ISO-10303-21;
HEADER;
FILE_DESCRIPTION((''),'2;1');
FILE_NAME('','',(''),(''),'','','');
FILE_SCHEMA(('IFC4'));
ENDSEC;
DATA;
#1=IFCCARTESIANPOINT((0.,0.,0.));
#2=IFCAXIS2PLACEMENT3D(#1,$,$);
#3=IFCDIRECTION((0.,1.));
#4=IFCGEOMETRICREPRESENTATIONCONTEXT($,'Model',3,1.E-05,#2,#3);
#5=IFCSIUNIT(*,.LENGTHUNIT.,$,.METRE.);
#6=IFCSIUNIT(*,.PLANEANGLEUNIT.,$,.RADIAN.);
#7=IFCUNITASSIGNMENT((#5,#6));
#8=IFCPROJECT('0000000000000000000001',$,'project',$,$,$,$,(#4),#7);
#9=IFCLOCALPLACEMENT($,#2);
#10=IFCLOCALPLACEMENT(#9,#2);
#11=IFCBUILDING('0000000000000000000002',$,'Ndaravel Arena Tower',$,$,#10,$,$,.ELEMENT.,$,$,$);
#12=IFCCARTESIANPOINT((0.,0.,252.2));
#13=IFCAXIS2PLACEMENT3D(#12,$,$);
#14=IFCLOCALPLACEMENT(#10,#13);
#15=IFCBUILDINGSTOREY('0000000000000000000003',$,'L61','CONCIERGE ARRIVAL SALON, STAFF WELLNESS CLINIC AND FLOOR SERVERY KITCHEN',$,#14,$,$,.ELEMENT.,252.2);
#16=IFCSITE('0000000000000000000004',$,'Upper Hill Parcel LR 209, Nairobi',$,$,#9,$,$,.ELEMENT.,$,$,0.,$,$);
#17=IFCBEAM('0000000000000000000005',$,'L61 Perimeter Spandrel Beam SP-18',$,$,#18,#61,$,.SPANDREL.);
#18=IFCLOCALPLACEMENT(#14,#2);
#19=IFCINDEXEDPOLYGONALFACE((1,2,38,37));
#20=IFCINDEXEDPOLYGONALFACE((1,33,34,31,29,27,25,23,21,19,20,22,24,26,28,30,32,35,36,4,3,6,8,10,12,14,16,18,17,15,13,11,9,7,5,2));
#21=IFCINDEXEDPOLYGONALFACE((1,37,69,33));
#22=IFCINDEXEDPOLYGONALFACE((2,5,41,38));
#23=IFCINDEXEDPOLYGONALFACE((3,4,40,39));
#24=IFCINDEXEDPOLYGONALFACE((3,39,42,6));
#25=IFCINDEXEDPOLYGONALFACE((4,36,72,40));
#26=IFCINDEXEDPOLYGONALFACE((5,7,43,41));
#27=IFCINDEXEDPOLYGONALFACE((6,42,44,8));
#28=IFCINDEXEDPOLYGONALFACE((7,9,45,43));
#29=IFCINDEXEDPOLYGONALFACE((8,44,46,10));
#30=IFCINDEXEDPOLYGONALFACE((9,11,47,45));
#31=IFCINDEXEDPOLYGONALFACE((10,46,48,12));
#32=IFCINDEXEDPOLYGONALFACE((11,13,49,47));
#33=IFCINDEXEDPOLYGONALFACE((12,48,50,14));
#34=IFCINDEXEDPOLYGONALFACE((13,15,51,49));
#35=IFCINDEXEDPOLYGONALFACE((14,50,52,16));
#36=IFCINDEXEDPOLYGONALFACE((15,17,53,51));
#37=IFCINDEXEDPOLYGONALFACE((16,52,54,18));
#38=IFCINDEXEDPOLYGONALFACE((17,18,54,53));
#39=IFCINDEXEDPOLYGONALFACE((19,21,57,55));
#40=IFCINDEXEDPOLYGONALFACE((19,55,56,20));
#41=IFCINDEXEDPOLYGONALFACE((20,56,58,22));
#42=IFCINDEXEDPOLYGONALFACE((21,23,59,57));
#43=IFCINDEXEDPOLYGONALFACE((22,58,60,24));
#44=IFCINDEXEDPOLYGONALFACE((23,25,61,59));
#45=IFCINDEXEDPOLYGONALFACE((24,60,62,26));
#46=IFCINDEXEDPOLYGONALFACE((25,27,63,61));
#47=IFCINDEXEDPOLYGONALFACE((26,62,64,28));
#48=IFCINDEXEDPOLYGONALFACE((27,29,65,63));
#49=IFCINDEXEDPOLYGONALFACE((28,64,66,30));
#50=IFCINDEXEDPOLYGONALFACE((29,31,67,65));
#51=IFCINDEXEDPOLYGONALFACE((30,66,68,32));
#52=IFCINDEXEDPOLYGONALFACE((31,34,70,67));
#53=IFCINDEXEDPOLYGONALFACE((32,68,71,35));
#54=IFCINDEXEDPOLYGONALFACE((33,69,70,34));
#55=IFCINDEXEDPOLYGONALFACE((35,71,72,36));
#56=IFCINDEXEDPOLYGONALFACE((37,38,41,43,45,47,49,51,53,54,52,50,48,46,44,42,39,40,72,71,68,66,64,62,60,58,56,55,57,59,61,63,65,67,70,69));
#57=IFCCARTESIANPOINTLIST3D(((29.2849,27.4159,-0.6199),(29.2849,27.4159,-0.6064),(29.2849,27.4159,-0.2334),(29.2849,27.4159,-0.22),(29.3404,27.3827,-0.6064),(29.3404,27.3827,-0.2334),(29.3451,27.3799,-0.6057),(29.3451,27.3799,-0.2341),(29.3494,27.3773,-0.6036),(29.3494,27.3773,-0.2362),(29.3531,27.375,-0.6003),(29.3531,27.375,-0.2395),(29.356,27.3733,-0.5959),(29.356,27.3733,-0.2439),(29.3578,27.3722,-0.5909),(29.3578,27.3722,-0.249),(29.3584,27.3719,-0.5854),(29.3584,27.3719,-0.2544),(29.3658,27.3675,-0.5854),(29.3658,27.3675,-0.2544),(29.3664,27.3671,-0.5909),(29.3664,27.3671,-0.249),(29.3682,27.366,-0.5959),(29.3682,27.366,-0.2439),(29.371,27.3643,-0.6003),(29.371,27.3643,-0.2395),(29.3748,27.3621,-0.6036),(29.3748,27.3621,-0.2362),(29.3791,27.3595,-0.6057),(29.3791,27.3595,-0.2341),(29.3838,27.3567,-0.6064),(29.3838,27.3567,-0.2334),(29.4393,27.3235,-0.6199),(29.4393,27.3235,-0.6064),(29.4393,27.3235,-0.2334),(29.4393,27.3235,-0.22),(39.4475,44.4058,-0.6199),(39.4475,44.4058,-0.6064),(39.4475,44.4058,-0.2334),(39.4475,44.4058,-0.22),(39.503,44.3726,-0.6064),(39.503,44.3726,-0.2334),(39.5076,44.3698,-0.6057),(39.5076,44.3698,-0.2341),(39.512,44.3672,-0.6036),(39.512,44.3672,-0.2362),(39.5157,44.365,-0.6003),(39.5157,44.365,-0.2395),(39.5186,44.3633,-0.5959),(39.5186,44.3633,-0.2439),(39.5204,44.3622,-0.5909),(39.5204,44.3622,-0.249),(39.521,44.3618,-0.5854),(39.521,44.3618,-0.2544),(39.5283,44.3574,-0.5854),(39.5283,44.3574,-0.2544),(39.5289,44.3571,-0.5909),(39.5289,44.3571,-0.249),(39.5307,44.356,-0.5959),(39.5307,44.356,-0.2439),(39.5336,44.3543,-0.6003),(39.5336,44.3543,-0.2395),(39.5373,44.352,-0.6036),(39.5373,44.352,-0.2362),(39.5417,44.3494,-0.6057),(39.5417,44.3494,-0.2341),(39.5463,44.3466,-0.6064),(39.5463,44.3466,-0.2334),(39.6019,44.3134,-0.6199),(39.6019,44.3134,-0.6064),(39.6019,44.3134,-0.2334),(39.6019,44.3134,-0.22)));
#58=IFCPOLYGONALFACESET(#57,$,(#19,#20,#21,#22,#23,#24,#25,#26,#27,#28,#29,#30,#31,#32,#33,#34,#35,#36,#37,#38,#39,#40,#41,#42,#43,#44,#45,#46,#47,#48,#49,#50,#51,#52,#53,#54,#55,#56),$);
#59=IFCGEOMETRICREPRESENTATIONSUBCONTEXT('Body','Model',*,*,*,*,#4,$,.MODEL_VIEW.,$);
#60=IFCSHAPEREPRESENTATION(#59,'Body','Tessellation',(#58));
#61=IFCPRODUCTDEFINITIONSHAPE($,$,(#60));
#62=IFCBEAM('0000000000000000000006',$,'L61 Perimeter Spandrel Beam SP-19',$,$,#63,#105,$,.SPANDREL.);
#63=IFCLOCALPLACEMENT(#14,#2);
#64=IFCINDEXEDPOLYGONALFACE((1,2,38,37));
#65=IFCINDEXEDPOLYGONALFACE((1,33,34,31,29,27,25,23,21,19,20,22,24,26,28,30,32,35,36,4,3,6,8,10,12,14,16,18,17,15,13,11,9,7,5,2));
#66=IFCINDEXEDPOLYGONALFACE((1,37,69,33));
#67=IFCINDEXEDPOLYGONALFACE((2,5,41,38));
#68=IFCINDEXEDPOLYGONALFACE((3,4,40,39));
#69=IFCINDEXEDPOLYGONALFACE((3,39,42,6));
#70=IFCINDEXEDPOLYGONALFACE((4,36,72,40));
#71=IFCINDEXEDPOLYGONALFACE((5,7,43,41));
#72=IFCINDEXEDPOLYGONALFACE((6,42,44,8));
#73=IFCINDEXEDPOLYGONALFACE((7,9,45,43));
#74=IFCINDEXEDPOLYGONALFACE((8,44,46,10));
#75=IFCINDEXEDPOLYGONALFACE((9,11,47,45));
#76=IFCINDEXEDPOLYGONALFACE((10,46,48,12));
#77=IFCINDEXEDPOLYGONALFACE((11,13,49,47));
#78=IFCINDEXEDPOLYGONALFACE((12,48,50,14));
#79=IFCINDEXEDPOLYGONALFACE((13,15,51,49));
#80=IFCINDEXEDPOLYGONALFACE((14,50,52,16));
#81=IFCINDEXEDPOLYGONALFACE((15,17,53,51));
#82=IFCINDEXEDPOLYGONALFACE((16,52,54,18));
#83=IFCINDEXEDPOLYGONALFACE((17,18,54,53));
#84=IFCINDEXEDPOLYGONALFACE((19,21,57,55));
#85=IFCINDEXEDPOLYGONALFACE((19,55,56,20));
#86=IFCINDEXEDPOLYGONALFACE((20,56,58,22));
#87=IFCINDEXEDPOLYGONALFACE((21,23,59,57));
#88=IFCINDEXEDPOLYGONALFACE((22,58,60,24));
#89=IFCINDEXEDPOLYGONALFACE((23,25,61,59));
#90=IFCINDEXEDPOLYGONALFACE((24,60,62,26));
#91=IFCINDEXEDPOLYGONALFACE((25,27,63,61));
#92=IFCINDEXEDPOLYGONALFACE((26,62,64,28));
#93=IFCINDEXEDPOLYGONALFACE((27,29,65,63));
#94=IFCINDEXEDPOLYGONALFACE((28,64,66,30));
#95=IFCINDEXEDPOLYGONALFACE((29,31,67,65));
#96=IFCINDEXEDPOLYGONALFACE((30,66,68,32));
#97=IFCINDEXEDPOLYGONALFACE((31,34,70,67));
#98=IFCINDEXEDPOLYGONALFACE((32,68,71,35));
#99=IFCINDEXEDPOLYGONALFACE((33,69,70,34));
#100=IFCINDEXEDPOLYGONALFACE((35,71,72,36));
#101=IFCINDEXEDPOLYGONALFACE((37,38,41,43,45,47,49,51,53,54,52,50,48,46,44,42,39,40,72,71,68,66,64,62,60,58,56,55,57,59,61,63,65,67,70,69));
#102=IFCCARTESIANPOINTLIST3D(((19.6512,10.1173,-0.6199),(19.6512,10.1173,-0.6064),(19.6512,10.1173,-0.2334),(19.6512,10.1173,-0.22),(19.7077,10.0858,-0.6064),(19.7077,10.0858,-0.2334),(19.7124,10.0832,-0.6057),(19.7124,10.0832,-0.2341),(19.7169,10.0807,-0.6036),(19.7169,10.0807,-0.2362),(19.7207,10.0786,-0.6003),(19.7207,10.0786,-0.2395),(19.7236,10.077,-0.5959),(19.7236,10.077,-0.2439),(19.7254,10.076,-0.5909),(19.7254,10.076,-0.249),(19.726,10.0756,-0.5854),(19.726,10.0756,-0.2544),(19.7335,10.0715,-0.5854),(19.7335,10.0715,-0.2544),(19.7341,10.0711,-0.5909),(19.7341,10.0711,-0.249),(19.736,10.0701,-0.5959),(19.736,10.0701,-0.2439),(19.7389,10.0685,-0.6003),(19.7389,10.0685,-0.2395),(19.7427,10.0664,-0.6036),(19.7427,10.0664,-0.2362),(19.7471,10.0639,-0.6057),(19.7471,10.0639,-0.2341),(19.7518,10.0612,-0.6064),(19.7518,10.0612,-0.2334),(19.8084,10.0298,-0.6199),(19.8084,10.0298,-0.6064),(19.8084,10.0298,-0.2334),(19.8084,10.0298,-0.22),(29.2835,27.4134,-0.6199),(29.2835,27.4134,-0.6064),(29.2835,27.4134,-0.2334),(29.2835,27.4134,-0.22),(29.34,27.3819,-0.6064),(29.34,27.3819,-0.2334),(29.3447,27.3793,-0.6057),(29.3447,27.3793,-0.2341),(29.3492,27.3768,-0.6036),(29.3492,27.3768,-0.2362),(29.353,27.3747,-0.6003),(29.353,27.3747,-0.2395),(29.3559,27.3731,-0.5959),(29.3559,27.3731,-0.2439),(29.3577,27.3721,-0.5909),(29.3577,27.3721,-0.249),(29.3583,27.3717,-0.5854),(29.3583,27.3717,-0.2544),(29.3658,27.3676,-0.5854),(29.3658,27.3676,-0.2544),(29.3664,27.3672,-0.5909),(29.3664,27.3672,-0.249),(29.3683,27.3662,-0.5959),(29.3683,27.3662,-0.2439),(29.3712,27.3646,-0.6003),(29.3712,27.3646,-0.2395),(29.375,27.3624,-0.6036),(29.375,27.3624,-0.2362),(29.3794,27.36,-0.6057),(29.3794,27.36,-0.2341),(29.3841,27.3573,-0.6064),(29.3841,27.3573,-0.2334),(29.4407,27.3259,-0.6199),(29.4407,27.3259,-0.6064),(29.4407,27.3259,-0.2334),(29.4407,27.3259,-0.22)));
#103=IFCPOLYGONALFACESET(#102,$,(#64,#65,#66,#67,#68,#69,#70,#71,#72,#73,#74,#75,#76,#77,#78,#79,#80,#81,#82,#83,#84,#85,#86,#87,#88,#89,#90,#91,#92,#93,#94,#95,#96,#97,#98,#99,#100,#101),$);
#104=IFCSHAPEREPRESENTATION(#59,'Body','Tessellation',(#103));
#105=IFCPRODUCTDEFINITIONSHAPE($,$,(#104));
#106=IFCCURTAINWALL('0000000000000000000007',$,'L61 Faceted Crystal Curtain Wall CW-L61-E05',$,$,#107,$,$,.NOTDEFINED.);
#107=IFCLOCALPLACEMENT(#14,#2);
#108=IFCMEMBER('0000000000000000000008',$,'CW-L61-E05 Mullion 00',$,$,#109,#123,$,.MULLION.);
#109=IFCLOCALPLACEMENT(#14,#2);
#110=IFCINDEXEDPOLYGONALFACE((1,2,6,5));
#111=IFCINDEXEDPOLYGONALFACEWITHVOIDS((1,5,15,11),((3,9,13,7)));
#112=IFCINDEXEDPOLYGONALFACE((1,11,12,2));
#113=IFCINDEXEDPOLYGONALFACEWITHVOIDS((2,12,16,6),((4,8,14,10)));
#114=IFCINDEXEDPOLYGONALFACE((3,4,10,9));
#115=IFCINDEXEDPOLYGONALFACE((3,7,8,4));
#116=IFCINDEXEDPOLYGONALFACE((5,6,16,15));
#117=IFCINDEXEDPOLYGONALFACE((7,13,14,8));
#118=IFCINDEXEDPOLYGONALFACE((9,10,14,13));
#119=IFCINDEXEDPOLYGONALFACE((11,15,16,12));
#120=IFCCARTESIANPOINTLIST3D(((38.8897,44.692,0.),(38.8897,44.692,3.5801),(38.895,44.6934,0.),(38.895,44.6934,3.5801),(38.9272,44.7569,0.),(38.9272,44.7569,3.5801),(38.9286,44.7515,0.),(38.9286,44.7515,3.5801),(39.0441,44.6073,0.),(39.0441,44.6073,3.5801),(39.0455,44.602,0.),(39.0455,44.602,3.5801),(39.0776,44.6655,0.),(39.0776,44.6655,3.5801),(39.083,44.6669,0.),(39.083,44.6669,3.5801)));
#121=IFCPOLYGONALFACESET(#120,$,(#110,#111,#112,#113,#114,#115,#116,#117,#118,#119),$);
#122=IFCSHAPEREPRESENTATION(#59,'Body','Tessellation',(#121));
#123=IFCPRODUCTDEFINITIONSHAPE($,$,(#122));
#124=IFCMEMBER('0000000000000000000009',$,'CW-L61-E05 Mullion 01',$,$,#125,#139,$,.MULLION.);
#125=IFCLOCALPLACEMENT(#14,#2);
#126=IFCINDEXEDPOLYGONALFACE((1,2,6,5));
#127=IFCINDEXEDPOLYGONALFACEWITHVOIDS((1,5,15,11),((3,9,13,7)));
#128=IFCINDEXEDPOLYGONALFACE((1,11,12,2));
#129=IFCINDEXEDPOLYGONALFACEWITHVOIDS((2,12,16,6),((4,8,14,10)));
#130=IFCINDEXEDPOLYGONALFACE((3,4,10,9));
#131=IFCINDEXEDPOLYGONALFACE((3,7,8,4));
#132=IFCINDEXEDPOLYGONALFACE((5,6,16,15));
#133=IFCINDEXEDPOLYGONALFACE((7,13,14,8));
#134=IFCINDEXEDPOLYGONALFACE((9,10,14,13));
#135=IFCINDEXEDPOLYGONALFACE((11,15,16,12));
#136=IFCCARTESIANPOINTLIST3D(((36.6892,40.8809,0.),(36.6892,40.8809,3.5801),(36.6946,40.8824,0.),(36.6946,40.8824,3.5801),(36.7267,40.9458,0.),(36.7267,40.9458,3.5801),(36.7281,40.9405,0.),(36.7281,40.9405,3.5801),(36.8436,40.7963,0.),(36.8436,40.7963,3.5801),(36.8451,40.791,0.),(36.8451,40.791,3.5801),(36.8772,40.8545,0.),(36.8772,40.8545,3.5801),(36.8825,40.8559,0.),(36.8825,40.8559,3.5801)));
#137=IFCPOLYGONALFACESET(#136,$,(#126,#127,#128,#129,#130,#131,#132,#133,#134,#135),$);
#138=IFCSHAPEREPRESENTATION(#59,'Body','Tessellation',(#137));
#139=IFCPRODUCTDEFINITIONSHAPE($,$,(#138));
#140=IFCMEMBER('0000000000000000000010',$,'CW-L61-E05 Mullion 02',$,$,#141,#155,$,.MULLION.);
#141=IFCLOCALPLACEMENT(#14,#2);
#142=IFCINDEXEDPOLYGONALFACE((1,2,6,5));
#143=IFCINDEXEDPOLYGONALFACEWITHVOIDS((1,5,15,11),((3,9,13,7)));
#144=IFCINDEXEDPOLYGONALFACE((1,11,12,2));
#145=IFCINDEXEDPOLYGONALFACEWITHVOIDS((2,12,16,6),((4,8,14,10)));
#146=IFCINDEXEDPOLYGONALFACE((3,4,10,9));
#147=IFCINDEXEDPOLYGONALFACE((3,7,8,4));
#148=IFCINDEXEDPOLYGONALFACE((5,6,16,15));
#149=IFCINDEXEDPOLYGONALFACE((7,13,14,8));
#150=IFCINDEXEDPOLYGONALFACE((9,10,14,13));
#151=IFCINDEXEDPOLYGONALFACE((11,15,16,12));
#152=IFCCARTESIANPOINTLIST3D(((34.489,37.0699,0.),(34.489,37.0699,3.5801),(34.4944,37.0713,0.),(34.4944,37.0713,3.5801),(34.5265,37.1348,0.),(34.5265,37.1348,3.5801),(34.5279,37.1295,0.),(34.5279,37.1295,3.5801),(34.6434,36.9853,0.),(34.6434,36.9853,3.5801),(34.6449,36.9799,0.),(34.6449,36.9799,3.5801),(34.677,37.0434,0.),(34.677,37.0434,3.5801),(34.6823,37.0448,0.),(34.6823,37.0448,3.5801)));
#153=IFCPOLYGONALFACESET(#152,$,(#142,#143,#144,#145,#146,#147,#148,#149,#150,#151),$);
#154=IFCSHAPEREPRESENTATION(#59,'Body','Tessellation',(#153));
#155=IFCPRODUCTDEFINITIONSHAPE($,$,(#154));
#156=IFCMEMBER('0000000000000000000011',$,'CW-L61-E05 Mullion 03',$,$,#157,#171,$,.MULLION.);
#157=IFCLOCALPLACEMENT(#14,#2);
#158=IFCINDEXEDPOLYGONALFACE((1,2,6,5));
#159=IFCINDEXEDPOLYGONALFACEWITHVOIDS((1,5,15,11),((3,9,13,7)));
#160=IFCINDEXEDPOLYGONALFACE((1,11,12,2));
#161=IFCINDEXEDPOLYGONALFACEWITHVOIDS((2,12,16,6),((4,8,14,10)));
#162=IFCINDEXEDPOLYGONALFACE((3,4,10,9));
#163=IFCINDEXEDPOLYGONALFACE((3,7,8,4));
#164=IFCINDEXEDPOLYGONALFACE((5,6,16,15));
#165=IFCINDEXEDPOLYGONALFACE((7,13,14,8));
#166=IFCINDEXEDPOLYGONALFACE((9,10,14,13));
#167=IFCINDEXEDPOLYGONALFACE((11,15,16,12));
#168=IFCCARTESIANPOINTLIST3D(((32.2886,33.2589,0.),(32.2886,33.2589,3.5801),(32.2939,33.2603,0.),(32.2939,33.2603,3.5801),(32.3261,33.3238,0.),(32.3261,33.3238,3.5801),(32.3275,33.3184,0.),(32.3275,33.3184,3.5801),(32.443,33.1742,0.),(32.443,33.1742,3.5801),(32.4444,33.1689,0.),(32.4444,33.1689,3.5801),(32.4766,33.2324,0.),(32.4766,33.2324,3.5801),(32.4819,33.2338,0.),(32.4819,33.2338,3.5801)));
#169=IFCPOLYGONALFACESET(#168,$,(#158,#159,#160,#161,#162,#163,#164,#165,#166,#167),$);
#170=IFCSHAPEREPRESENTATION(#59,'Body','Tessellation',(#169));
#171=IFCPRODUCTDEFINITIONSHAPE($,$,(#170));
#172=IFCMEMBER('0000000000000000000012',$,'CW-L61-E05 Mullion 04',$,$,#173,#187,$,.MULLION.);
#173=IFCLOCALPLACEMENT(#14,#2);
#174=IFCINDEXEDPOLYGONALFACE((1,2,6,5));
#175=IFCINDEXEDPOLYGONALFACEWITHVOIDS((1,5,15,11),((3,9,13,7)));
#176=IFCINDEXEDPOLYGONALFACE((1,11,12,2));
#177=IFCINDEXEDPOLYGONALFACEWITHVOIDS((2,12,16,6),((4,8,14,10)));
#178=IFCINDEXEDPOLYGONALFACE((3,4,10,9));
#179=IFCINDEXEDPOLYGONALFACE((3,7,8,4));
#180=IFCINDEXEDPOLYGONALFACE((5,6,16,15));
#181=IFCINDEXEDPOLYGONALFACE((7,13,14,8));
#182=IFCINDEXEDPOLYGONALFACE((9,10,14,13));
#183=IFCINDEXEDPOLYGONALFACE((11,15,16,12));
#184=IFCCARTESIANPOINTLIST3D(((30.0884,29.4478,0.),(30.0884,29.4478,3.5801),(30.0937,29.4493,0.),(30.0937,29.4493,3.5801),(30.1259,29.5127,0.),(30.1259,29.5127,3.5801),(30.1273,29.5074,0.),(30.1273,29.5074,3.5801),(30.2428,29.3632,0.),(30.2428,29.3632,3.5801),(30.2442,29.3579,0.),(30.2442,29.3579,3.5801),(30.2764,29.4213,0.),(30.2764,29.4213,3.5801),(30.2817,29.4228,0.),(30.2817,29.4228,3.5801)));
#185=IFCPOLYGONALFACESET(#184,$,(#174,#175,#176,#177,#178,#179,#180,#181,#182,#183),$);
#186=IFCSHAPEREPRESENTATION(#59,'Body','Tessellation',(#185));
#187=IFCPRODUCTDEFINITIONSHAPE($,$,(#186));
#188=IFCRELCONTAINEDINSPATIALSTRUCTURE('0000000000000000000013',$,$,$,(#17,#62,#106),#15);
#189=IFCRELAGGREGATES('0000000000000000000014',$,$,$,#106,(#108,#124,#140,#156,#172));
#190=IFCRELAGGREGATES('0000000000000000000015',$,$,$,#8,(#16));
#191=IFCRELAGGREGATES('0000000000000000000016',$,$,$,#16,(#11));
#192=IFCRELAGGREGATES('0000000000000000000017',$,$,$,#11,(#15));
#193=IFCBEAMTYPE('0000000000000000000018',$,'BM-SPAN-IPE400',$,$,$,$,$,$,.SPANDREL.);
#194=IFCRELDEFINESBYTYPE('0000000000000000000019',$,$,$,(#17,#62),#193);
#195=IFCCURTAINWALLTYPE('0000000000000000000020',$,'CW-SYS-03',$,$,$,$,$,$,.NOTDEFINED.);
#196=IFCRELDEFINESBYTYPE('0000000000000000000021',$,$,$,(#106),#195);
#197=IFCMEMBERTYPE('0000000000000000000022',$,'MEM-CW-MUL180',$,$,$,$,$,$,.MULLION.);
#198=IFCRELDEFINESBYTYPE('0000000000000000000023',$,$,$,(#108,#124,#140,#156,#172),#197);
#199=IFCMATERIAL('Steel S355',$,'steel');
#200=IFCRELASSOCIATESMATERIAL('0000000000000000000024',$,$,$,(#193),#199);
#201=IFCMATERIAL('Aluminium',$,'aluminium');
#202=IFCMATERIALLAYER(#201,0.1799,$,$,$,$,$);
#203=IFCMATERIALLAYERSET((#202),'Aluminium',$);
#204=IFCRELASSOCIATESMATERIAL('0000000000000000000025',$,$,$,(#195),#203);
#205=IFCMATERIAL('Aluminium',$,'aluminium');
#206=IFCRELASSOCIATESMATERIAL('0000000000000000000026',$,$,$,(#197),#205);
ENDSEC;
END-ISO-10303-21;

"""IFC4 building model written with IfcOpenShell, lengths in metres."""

from ifc_helpers import new_model, si_unit, direction, frame, origin, origin_2d, place, context, subcontext, project, spatial, hollow_rectangle, i_section, extrude, material, layer, layer_set, material_profile, profile_set, type_object, element, aggregate, save


model = new_model("IFC4")

# Units and contexts
model_context = context("Model", 3, precision=1e-05, world=origin(), true_north=direction((0.0, 1.0)))
body_context = subcontext(model_context, "Body", "Model", "MODEL_VIEW")
ifc_project = project(units=[si_unit("LENGTHUNIT", "METRE"), si_unit("PLANEANGLEUNIT", "RADIAN")], contexts=[model_context])

# Site, building, storey
site_placement = place(None, origin())
site = spatial("IfcSite", under=ifc_project, at=site_placement, Name="Upper Hill Parcel LR 209, Nairobi", CompositionType="ELEMENT", RefElevation=0.0)
building_placement = place(site_placement, origin())
building = spatial("IfcBuilding", under=site, at=building_placement, Name="Ndaravel Arena Tower", CompositionType="ELEMENT")
storey_placement = place(building_placement, frame((0.0, 0.0, 252.2)))
storey = spatial("IfcBuildingStorey", under=building, at=storey_placement, Name="L61", Description="CONCIERGE ARRIVAL SALON, STAFF WELLNESS CLINIC AND FLOOR SERVERY KITCHEN", CompositionType="ELEMENT", Elevation=252.2)

# Beams
ifc_material_1 = material(Name="Steel S355", Category="steel")
ifc_material_profile_1 = material_profile(ifc_material_1, i_section(OverallWidth=0.1799, OverallDepth=0.3999, WebThickness=0.0085, FlangeThickness=0.0134, FilletRadius=0.021, at=origin_2d()), Name="IPE 400")
ifc_profile_set_1 = profile_set([ifc_material_profile_1], Name="Steel S355")
beam_type_1 = type_object("IfcBeamType", Name="BM-SPAN-IPE400", PredefinedType="SPANDREL", material=ifc_profile_set_1)
for number, where, z_axis, x_axis, name in (
    (1, (39.5247, 44.3596, -0.4199), (-0.513329, -0.858192, 0.0), (0.858192, -0.513329, 0.0), "L61 Perimeter Spandrel Beam SP-18"),
    (2, (29.3621, 27.3696, -0.4199), (-0.486544, -0.873656, 0.0), (0.873656, -0.486544, 0.0), "L61 Perimeter Spandrel Beam SP-19"),
):
    element("IfcBeam", number, at=place(storey_placement, frame(where, z_axis=z_axis, x_axis=x_axis)), inside=storey, type_object=beam_type_1, Name=name, PredefinedType="SPANDREL", context=body_context, shape_type="SweptSolid", body=[
        extrude(i_section(OverallWidth=0.1799, OverallDepth=0.3999, WebThickness=0.0085, FlangeThickness=0.0134, FilletRadius=0.021, at=origin_2d()), origin(), (0.0, 0.0, 1.0), 19.7974),
    ])

# Curtain wall, members
ifc_material_2 = material(Name="Aluminium", Category="aluminium")
ifc_layer_1 = layer(ifc_material_2, 0.1799)
ifc_layer_set_1 = layer_set([ifc_layer_1], Name="Aluminium")
curtain_wall_type_1 = type_object("IfcCurtainWallType", Name="CW-SYS-03", PredefinedType="NOTDEFINED", material=ifc_layer_set_1)
curtain_wall_1_placement = place(storey_placement, origin())
curtain_wall_1 = element("IfcCurtainWall", 3, at=curtain_wall_1_placement, inside=storey, type_object=curtain_wall_type_1, Name="L61 Faceted Crystal Curtain Wall CW-L61-E05", PredefinedType="NOTDEFINED")
ifc_material_3 = material(Name="Aluminium", Category="aluminium")
ifc_material_profile_2 = material_profile(ifc_material_3, hollow_rectangle(XDim=0.075, YDim=0.1799, WallThickness=0.0039, at=origin_2d()), Name="CW MULLION 75x180x4")
ifc_profile_set_2 = profile_set([ifc_material_profile_2], Name="Aluminium")
member_type_1 = type_object("IfcMemberType", Name="MEM-CW-MUL180", PredefinedType="MULLION", material=ifc_profile_set_2)
member_1_placement = place(storey_placement, frame((38.9863, 44.6794, 0.0), z_axis=(0.0, 0.0, 1.0), x_axis=(-0.5, -0.866025, 0.0)))
member_1 = element("IfcMember", 4, at=member_1_placement, type_object=member_type_1, Name="CW-L61-E05 Mullion 00", PredefinedType="MULLION", context=body_context, shape_type="SweptSolid", body=[
    extrude(hollow_rectangle(XDim=0.075, YDim=0.1799, WallThickness=0.0039, at=origin_2d()), origin(), (0.0, 0.0, 1.0), 3.5801),
])
member_2_placement = place(storey_placement, frame((36.7859, 40.8684, 0.0), z_axis=(0.0, 0.0, 1.0), x_axis=(-0.5, -0.866025, 0.0)))
member_2 = element("IfcMember", 5, at=member_2_placement, type_object=member_type_1, Name="CW-L61-E05 Mullion 01", PredefinedType="MULLION", context=body_context, shape_type="SweptSolid", body=[
    extrude(hollow_rectangle(XDim=0.075, YDim=0.1799, WallThickness=0.0039, at=origin_2d()), origin(), (0.0, 0.0, 1.0), 3.5801),
])
member_3_placement = place(storey_placement, frame((34.5857, 37.0574, 0.0), z_axis=(0.0, 0.0, 1.0), x_axis=(-0.5, -0.866025, 0.0)))
member_3 = element("IfcMember", 6, at=member_3_placement, type_object=member_type_1, Name="CW-L61-E05 Mullion 02", PredefinedType="MULLION", context=body_context, shape_type="SweptSolid", body=[
    extrude(hollow_rectangle(XDim=0.075, YDim=0.1799, WallThickness=0.0039, at=origin_2d()), origin(), (0.0, 0.0, 1.0), 3.5801),
])
member_4_placement = place(storey_placement, frame((32.3853, 33.2463, 0.0), z_axis=(0.0, 0.0, 1.0), x_axis=(-0.5, -0.866025, 0.0)))
member_4 = element("IfcMember", 7, at=member_4_placement, type_object=member_type_1, Name="CW-L61-E05 Mullion 03", PredefinedType="MULLION", context=body_context, shape_type="SweptSolid", body=[
    extrude(hollow_rectangle(XDim=0.075, YDim=0.1799, WallThickness=0.0039, at=origin_2d()), origin(), (0.0, 0.0, 1.0), 3.5801),
])
member_5_placement = place(storey_placement, frame((30.1851, 29.4353, 0.0), z_axis=(0.0, 0.0, 1.0), x_axis=(-0.5, -0.866025, 0.0)))
member_5 = element("IfcMember", 8, at=member_5_placement, type_object=member_type_1, Name="CW-L61-E05 Mullion 04", PredefinedType="MULLION", context=body_context, shape_type="SweptSolid", body=[
    extrude(hollow_rectangle(XDim=0.075, YDim=0.1799, WallThickness=0.0039, at=origin_2d()), origin(), (0.0, 0.0, 1.0), 3.5801),
])

aggregate(curtain_wall_1, [member_1, member_2, member_3, member_4, member_5])

save(model, "model.ifc")
